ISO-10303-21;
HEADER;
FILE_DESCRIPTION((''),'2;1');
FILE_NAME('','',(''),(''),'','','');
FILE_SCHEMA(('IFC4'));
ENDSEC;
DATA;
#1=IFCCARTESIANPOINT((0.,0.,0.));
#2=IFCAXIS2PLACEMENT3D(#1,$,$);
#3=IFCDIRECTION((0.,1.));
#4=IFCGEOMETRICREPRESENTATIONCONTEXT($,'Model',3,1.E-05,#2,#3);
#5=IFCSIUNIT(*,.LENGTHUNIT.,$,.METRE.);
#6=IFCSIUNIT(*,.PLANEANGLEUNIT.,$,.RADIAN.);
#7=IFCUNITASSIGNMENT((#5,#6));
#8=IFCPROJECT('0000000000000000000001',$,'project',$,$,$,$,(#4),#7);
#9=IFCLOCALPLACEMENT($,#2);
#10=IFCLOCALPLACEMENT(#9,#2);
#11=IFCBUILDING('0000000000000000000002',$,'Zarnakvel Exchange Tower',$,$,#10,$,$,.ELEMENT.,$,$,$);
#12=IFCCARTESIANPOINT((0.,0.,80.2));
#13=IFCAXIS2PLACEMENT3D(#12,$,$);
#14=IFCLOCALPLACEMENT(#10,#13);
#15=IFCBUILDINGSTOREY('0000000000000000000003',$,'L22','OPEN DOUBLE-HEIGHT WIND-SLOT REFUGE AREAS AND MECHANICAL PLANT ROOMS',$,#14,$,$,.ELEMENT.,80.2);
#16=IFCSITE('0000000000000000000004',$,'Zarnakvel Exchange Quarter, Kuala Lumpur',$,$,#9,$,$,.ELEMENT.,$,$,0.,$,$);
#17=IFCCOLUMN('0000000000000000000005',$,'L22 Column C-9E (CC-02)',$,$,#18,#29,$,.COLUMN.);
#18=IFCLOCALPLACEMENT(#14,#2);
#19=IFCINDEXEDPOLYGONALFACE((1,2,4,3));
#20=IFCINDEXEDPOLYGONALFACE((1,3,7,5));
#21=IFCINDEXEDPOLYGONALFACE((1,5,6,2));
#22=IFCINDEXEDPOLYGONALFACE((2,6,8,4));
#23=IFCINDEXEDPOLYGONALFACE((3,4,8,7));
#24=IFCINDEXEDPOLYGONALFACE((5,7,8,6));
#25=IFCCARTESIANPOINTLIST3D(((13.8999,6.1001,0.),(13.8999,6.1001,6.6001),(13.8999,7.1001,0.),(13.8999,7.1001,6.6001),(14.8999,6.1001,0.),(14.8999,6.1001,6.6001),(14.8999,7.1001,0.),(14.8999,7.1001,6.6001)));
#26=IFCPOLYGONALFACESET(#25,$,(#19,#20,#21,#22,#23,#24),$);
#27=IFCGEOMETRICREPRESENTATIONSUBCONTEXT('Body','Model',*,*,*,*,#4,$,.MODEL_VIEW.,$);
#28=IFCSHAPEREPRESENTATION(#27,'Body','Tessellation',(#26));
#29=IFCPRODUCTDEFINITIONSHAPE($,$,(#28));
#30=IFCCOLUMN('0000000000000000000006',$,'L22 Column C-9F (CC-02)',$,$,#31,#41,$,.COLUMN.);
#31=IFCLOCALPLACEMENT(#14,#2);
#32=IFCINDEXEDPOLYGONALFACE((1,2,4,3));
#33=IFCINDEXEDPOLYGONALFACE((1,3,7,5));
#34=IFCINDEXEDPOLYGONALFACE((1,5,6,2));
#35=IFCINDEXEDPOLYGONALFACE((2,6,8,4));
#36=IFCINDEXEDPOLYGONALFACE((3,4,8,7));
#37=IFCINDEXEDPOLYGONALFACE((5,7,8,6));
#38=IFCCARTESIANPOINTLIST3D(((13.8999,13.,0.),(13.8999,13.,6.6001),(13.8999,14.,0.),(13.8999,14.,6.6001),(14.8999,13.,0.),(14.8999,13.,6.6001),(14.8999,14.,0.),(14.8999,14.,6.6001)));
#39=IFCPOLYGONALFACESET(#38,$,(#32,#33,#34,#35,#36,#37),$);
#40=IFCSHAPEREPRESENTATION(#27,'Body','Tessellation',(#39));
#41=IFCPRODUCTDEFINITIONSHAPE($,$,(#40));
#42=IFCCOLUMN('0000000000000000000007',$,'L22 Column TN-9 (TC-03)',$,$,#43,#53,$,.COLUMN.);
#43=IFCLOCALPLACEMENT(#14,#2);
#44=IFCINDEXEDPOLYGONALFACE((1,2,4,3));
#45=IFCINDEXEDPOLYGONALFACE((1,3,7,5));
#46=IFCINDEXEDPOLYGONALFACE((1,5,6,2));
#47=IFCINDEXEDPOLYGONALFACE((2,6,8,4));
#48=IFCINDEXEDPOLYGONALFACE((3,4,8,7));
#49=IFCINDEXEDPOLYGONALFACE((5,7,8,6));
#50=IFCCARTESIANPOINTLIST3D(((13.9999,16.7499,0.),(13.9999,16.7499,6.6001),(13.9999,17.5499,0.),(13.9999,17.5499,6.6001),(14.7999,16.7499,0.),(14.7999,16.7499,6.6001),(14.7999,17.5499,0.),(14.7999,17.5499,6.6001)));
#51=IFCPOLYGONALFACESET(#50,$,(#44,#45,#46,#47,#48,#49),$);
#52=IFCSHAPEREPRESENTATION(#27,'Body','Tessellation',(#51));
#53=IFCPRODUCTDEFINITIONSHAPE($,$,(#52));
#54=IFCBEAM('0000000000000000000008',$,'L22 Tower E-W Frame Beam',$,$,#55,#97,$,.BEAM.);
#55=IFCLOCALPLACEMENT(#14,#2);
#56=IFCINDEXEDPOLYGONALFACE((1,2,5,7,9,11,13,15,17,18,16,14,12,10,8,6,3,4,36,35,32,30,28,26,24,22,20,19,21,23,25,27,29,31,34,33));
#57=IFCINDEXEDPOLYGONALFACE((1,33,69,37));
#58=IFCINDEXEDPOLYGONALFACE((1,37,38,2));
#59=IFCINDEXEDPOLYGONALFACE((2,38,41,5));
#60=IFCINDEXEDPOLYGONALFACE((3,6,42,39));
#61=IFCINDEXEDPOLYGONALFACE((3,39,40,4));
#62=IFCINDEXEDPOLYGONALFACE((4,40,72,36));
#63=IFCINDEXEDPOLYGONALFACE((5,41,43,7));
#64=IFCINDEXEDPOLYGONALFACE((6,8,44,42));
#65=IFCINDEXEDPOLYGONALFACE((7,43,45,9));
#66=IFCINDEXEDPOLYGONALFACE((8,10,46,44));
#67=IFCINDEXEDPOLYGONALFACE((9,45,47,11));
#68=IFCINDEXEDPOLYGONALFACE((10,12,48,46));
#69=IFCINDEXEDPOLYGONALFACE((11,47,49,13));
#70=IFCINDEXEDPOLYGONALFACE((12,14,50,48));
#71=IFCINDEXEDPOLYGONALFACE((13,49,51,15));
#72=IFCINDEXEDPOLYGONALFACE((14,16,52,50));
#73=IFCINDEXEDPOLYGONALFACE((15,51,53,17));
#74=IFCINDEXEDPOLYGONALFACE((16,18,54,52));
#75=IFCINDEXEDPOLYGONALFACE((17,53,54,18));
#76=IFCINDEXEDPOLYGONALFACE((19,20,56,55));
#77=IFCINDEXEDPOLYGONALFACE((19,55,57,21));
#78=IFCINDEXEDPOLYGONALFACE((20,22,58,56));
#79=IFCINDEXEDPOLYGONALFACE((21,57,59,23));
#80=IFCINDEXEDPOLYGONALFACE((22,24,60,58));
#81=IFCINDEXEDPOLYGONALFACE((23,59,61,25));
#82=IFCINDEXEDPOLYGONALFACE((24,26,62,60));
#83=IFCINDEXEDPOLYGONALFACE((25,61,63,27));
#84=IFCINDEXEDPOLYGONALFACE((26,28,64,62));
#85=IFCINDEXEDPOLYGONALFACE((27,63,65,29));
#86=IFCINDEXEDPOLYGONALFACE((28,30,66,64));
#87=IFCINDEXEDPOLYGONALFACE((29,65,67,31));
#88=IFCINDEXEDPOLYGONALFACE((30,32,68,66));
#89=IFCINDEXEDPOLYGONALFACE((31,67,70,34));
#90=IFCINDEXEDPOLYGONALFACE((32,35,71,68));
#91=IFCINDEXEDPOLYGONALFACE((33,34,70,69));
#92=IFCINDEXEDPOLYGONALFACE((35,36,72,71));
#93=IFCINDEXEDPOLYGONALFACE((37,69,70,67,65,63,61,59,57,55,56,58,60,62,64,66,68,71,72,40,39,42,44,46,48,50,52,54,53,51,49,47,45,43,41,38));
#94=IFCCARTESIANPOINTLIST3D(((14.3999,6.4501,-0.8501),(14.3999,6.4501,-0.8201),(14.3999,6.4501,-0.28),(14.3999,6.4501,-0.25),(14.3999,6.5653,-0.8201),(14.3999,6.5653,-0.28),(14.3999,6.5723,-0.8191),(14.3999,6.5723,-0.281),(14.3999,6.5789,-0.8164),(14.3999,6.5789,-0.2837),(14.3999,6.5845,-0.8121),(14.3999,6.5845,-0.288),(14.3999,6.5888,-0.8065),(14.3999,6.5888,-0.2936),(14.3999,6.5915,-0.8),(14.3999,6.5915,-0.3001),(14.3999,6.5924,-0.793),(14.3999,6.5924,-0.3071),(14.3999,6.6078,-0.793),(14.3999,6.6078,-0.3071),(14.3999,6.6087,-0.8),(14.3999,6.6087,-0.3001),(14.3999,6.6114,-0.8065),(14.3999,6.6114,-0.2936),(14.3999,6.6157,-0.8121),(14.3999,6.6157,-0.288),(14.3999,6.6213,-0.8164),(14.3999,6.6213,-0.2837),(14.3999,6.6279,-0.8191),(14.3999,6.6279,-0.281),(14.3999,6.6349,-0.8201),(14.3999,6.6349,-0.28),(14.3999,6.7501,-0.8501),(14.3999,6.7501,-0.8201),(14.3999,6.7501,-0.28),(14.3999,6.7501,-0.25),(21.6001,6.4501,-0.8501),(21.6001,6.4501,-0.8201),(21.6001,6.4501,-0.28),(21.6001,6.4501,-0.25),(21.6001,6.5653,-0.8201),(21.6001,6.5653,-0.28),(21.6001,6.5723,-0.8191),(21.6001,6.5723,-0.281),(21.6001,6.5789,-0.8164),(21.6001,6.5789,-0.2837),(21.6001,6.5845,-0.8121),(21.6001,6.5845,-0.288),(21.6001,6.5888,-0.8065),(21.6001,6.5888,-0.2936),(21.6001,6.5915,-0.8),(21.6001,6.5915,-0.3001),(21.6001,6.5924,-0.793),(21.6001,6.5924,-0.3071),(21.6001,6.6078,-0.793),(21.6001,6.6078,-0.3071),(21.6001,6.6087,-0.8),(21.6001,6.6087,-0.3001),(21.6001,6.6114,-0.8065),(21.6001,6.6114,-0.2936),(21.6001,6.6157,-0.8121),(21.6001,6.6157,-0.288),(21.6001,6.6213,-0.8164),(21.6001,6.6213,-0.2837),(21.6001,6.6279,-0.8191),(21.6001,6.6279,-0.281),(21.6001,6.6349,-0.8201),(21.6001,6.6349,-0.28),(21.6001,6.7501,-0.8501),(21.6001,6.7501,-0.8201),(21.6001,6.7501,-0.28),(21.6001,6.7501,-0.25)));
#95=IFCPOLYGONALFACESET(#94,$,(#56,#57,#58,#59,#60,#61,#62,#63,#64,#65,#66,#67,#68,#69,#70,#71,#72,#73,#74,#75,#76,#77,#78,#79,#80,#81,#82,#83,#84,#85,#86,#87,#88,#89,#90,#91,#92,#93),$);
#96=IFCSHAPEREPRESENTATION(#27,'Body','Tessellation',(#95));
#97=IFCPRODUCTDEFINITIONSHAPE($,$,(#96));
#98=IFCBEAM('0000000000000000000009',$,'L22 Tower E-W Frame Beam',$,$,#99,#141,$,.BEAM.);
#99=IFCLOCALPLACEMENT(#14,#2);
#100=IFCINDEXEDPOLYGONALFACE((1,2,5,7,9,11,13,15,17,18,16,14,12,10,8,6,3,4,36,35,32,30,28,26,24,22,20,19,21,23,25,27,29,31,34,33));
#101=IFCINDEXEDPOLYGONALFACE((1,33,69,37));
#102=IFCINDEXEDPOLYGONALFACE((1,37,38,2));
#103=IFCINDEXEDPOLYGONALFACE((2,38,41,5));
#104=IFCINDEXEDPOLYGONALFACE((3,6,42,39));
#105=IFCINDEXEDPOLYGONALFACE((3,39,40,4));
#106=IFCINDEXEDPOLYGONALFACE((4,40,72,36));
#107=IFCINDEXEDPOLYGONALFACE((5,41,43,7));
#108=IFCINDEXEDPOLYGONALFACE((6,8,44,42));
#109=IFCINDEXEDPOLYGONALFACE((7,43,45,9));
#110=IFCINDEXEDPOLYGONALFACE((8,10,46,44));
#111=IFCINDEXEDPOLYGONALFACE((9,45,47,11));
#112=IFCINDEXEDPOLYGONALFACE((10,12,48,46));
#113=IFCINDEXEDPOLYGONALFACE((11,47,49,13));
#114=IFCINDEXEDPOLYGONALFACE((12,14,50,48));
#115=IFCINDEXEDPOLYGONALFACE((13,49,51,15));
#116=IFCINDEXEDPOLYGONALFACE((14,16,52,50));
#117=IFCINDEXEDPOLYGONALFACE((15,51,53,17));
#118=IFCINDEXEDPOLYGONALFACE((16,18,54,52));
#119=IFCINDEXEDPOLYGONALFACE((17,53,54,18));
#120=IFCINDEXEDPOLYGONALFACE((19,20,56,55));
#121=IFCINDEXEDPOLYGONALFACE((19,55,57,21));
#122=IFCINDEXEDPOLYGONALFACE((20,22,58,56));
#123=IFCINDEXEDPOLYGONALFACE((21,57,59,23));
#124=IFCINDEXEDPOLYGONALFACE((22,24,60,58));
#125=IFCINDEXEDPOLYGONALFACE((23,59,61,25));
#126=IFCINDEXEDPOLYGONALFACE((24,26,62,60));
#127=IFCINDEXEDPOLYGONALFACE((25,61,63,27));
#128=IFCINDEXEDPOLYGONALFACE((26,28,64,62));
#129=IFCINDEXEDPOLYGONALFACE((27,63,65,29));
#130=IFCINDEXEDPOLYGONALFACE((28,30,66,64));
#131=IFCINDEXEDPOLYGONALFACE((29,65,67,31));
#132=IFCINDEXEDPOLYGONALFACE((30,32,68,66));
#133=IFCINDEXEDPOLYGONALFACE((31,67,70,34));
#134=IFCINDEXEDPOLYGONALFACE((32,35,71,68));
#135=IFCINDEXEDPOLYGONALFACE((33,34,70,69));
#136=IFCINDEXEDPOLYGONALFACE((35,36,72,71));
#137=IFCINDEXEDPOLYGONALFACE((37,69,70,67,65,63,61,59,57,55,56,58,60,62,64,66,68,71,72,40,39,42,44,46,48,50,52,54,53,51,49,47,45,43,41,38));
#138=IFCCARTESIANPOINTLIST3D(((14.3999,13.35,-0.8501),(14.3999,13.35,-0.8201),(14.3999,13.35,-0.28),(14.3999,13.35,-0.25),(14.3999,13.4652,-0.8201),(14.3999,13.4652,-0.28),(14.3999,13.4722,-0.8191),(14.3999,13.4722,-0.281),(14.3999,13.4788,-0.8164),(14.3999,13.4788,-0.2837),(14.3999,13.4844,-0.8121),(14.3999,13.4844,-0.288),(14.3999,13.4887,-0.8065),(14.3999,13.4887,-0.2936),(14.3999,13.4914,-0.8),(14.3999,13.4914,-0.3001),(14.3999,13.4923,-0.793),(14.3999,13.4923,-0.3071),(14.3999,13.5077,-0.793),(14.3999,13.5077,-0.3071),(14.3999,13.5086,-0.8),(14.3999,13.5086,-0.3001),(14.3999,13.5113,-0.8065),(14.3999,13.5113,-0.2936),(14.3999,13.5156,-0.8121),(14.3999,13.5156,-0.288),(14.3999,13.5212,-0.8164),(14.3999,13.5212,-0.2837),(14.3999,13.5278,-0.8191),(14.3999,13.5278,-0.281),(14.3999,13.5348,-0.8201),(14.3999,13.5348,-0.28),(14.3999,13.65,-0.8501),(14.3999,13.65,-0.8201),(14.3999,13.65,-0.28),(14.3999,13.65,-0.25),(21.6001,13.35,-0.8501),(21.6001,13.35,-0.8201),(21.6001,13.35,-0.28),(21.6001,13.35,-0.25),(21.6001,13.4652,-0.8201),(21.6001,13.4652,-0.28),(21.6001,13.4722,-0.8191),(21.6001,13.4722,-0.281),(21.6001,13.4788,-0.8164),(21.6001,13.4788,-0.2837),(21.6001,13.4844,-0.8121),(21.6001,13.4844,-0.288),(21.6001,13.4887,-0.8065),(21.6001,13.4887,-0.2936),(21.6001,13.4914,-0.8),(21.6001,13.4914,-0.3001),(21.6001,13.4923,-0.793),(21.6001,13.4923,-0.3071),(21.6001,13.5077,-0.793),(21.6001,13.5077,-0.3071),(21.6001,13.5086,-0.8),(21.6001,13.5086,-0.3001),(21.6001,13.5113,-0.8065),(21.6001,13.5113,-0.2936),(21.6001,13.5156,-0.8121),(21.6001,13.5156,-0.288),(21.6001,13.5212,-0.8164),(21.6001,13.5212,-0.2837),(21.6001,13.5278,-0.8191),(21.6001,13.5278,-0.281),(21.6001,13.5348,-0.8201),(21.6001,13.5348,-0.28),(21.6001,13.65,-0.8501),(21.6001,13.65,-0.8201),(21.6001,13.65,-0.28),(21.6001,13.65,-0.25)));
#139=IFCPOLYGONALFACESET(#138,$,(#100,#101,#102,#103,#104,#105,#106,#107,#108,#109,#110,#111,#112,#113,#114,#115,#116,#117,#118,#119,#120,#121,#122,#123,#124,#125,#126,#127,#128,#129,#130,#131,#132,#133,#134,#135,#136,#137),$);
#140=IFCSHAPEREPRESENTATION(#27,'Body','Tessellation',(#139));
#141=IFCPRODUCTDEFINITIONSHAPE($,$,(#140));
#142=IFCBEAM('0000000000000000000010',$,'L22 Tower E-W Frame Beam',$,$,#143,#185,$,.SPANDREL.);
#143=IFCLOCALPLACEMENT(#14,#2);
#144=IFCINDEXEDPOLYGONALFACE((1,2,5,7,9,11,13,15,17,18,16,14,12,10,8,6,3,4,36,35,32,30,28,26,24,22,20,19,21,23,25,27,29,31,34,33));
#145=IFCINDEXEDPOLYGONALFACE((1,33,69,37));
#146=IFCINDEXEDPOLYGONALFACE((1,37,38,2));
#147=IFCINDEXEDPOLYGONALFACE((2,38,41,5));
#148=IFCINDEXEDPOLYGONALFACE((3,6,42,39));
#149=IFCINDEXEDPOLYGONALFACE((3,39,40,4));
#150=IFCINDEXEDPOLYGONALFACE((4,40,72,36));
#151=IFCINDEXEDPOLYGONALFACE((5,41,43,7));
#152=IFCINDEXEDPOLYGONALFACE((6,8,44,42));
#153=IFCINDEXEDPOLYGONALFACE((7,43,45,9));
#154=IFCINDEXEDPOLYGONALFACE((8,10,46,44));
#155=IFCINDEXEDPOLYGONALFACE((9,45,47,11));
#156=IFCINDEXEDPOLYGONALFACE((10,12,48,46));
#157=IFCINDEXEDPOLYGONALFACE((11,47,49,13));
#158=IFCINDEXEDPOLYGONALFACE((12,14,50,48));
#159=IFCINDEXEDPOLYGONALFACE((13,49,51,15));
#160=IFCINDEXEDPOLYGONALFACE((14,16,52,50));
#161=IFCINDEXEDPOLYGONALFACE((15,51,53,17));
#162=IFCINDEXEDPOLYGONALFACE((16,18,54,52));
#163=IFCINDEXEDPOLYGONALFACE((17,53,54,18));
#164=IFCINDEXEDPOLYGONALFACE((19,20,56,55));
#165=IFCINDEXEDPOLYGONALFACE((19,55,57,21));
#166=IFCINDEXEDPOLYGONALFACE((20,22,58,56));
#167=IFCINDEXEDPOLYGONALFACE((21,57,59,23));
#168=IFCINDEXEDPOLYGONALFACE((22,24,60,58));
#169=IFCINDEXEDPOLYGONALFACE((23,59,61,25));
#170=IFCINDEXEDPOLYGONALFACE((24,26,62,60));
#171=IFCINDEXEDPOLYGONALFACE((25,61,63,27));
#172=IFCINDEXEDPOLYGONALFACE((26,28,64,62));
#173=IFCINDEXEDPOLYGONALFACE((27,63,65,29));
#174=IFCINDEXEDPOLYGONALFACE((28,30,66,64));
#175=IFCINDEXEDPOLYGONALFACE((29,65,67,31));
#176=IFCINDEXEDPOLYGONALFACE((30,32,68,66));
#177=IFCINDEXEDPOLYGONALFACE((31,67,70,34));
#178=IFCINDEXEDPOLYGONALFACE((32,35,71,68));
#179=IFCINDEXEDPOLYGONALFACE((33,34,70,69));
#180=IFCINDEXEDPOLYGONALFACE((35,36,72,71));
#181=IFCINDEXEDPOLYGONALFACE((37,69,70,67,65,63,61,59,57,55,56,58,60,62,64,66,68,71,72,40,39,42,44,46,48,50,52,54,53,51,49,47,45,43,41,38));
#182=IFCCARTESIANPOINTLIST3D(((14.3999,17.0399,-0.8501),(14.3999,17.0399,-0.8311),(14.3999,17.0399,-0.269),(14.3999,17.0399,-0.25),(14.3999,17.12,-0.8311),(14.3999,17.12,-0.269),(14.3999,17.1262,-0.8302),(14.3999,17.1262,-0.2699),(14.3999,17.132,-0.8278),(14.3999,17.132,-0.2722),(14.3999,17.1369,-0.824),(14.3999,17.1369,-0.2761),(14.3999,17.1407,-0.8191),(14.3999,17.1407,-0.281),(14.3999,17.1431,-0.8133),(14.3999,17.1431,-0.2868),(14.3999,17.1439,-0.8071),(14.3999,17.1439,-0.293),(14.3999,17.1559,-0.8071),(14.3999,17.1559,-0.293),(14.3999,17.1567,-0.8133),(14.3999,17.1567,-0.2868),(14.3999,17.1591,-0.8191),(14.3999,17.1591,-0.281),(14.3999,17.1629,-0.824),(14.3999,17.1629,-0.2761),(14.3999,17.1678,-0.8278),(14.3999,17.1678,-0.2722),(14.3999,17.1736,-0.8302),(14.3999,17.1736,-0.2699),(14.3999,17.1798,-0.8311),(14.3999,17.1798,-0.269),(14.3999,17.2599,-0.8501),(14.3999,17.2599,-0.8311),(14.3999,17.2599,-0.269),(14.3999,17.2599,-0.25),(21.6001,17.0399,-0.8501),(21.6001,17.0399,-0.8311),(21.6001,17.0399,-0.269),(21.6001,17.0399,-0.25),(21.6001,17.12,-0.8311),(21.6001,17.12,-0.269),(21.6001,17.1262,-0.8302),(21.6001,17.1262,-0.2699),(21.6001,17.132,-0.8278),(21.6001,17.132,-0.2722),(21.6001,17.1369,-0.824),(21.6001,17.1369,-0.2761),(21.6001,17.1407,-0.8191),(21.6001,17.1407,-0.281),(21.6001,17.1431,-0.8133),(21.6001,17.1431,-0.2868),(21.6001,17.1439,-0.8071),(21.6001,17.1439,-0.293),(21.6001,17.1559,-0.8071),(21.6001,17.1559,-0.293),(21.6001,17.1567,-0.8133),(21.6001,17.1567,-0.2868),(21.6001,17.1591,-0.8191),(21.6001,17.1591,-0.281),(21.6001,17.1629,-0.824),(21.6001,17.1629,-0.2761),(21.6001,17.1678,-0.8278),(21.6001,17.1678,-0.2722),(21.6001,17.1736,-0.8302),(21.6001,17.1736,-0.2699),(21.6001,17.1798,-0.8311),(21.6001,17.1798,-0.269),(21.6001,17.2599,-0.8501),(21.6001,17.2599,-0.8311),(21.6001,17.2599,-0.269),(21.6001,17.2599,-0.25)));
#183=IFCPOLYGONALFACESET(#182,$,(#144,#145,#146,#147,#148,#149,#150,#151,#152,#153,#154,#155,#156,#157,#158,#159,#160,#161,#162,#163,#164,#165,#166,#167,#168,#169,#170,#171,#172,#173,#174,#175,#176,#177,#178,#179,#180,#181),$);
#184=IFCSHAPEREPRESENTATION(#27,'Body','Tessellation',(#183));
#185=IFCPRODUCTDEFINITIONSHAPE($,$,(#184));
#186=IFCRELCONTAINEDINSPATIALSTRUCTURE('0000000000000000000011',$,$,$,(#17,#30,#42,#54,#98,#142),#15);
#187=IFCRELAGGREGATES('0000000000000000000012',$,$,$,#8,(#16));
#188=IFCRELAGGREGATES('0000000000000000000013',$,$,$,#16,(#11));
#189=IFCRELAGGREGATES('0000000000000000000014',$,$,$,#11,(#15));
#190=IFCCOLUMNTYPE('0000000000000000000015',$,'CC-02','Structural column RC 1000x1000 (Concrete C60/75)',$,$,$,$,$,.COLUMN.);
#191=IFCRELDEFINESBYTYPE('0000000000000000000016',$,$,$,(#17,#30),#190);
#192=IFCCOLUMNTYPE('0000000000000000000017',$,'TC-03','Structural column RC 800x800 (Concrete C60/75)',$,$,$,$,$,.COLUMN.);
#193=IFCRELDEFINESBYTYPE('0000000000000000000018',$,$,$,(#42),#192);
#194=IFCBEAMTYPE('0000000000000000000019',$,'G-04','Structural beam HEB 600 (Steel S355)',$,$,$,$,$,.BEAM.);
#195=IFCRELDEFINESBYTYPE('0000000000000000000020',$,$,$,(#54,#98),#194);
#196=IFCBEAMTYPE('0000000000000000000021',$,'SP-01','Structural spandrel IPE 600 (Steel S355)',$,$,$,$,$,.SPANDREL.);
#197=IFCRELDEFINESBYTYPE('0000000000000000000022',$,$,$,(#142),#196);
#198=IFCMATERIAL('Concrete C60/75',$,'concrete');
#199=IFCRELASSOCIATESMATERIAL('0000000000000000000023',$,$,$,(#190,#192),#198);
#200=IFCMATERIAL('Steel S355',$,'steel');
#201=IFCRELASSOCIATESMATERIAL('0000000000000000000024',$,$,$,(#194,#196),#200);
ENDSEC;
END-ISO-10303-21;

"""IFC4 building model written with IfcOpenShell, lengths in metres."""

from ifc_helpers import new_model, si_unit, direction, frame, origin, origin_2d, place, context, subcontext, project, spatial, rectangle, i_section, extrude, material, material_profile, profile_set, type_object, element, save


model = new_model("IFC4")

# Units and contexts
model_context = context("Model", 3, precision=1e-05, world=origin(), true_north=direction((0.0, 1.0)))
body_context = subcontext(model_context, "Body", "Model", "MODEL_VIEW")
ifc_project = project(units=[si_unit("LENGTHUNIT", "METRE"), si_unit("PLANEANGLEUNIT", "RADIAN")], contexts=[model_context])

# Site, building, storey
site_placement = place(None, origin())
site = spatial("IfcSite", under=ifc_project, at=site_placement, Name="Zarnakvel Exchange Quarter, Kuala Lumpur", CompositionType="ELEMENT", RefElevation=0.0)
building_placement = place(site_placement, origin())
building = spatial("IfcBuilding", under=site, at=building_placement, Name="Zarnakvel Exchange Tower", CompositionType="ELEMENT")
storey_placement = place(building_placement, frame((0.0, 0.0, 80.2)))
storey = spatial("IfcBuildingStorey", under=building, at=storey_placement, Name="L22", Description="OPEN DOUBLE-HEIGHT WIND-SLOT REFUGE AREAS AND MECHANICAL PLANT ROOMS", CompositionType="ELEMENT", Elevation=80.2)

# Columns
ifc_material_1 = material(Name="Concrete C60/75", Category="concrete")
ifc_material_profile_1 = material_profile(ifc_material_1, rectangle(XDim=1.0, YDim=1.0, at=origin_2d()))
ifc_profile_set_1 = profile_set([ifc_material_profile_1], Name="Concrete C60/75")
column_type_1 = type_object("IfcColumnType", Name="CC-02", Description="Structural column RC 1000x1000 (Concrete C60/75)", PredefinedType="COLUMN", material=ifc_profile_set_1)
for number, where, z_axis, x_axis, name in (
    (1, (14.3999, 6.6001, 0.0), (0.0, 0.0, 1.0), (1.0, 0.0, 0.0), "L22 Column C-9E (CC-02)"),
    (2, (14.3999, 13.5, 0.0), (0.0, 0.0, 1.0), (1.0, 0.0, 0.0), "L22 Column C-9F (CC-02)"),
):
    element("IfcColumn", number, at=place(storey_placement, frame(where, z_axis=z_axis, x_axis=x_axis)), inside=storey, type_object=column_type_1, Name=name, PredefinedType="COLUMN", context=body_context, shape_type="SweptSolid", body=[
        extrude(rectangle(XDim=1.0, YDim=1.0, at=origin_2d()), origin(), (0.0, 0.0, 1.0), 6.6001),
    ])
ifc_material_profile_2 = material_profile(ifc_material_1, rectangle(XDim=0.8, YDim=0.8, at=origin_2d()))
ifc_profile_set_2 = profile_set([ifc_material_profile_2], Name="Concrete C60/75")
column_type_2 = type_object("IfcColumnType", Name="TC-03", Description="Structural column RC 800x800 (Concrete C60/75)", PredefinedType="COLUMN", material=ifc_profile_set_2)
column_placement = place(storey_placement, frame((14.3999, 17.1499, 0.0), z_axis=(0.0, 0.0, 1.0), x_axis=(1.0, 0.0, 0.0)))
element("IfcColumn", 3, at=column_placement, inside=storey, type_object=column_type_2, Name="L22 Column TN-9 (TC-03)", PredefinedType="COLUMN", context=body_context, shape_type="SweptSolid", body=[
    extrude(rectangle(XDim=0.8, YDim=0.8, at=origin_2d()), origin(), (0.0, 0.0, 1.0), 6.6001),
])

# Beams
ifc_material_2 = material(Name="Steel S355", Category="steel")
ifc_material_profile_3 = material_profile(ifc_material_2, i_section(OverallWidth=0.3, OverallDepth=0.6001, WebThickness=0.0154, FlangeThickness=0.03, FilletRadius=0.0271, at=origin_2d()))
ifc_profile_set_3 = profile_set([ifc_material_profile_3], Name="Steel S355")
beam_type_1 = type_object("IfcBeamType", Name="G-04", Description="Structural beam HEB 600 (Steel S355)", PredefinedType="BEAM", material=ifc_profile_set_3)
for number, where, z_axis, x_axis, name in (
    (4, (14.3999, 6.6001, -0.55), (1.0, 0.0, 0.0), (0.0, 1.0, 0.0), "L22 Tower E-W Frame Beam"),
    (5, (14.3999, 13.5, -0.55), (1.0, 0.0, 0.0), (0.0, 1.0, 0.0), "L22 Tower E-W Frame Beam"),
):
    element("IfcBeam", number, at=place(storey_placement, frame(where, z_axis=z_axis, x_axis=x_axis)), inside=storey, type_object=beam_type_1, Name=name, PredefinedType="BEAM", context=body_context, shape_type="SweptSolid", body=[
        extrude(i_section(OverallWidth=0.3, OverallDepth=0.6001, WebThickness=0.0154, FlangeThickness=0.03, FilletRadius=0.0271, at=origin_2d()), origin(), (0.0, 0.0, 1.0), 7.2002),
    ])
ifc_material_profile_4 = material_profile(ifc_material_2, i_section(OverallWidth=0.22, OverallDepth=0.6001, WebThickness=0.012, FlangeThickness=0.019, FilletRadius=0.0239, at=origin_2d()))
ifc_profile_set_4 = profile_set([ifc_material_profile_4], Name="Steel S355")
beam_type_2 = type_object("IfcBeamType", Name="SP-01", Description="Structural spandrel IPE 600 (Steel S355)", PredefinedType="SPANDREL", material=ifc_profile_set_4)
beam_1_placement = place(storey_placement, frame((14.3999, 17.1499, -0.55), z_axis=(1.0, 0.0, 0.0), x_axis=(0.0, 1.0, 0.0)))
element("IfcBeam", 6, at=beam_1_placement, inside=storey, type_object=beam_type_2, Name="L22 Tower E-W Frame Beam", PredefinedType="SPANDREL", context=body_context, shape_type="SweptSolid", body=[
    extrude(i_section(OverallWidth=0.22, OverallDepth=0.6001, WebThickness=0.012, FlangeThickness=0.019, FilletRadius=0.0239, at=origin_2d()), origin(), (0.0, 0.0, 1.0), 7.2002),
])

save(model, "model.ifc")
